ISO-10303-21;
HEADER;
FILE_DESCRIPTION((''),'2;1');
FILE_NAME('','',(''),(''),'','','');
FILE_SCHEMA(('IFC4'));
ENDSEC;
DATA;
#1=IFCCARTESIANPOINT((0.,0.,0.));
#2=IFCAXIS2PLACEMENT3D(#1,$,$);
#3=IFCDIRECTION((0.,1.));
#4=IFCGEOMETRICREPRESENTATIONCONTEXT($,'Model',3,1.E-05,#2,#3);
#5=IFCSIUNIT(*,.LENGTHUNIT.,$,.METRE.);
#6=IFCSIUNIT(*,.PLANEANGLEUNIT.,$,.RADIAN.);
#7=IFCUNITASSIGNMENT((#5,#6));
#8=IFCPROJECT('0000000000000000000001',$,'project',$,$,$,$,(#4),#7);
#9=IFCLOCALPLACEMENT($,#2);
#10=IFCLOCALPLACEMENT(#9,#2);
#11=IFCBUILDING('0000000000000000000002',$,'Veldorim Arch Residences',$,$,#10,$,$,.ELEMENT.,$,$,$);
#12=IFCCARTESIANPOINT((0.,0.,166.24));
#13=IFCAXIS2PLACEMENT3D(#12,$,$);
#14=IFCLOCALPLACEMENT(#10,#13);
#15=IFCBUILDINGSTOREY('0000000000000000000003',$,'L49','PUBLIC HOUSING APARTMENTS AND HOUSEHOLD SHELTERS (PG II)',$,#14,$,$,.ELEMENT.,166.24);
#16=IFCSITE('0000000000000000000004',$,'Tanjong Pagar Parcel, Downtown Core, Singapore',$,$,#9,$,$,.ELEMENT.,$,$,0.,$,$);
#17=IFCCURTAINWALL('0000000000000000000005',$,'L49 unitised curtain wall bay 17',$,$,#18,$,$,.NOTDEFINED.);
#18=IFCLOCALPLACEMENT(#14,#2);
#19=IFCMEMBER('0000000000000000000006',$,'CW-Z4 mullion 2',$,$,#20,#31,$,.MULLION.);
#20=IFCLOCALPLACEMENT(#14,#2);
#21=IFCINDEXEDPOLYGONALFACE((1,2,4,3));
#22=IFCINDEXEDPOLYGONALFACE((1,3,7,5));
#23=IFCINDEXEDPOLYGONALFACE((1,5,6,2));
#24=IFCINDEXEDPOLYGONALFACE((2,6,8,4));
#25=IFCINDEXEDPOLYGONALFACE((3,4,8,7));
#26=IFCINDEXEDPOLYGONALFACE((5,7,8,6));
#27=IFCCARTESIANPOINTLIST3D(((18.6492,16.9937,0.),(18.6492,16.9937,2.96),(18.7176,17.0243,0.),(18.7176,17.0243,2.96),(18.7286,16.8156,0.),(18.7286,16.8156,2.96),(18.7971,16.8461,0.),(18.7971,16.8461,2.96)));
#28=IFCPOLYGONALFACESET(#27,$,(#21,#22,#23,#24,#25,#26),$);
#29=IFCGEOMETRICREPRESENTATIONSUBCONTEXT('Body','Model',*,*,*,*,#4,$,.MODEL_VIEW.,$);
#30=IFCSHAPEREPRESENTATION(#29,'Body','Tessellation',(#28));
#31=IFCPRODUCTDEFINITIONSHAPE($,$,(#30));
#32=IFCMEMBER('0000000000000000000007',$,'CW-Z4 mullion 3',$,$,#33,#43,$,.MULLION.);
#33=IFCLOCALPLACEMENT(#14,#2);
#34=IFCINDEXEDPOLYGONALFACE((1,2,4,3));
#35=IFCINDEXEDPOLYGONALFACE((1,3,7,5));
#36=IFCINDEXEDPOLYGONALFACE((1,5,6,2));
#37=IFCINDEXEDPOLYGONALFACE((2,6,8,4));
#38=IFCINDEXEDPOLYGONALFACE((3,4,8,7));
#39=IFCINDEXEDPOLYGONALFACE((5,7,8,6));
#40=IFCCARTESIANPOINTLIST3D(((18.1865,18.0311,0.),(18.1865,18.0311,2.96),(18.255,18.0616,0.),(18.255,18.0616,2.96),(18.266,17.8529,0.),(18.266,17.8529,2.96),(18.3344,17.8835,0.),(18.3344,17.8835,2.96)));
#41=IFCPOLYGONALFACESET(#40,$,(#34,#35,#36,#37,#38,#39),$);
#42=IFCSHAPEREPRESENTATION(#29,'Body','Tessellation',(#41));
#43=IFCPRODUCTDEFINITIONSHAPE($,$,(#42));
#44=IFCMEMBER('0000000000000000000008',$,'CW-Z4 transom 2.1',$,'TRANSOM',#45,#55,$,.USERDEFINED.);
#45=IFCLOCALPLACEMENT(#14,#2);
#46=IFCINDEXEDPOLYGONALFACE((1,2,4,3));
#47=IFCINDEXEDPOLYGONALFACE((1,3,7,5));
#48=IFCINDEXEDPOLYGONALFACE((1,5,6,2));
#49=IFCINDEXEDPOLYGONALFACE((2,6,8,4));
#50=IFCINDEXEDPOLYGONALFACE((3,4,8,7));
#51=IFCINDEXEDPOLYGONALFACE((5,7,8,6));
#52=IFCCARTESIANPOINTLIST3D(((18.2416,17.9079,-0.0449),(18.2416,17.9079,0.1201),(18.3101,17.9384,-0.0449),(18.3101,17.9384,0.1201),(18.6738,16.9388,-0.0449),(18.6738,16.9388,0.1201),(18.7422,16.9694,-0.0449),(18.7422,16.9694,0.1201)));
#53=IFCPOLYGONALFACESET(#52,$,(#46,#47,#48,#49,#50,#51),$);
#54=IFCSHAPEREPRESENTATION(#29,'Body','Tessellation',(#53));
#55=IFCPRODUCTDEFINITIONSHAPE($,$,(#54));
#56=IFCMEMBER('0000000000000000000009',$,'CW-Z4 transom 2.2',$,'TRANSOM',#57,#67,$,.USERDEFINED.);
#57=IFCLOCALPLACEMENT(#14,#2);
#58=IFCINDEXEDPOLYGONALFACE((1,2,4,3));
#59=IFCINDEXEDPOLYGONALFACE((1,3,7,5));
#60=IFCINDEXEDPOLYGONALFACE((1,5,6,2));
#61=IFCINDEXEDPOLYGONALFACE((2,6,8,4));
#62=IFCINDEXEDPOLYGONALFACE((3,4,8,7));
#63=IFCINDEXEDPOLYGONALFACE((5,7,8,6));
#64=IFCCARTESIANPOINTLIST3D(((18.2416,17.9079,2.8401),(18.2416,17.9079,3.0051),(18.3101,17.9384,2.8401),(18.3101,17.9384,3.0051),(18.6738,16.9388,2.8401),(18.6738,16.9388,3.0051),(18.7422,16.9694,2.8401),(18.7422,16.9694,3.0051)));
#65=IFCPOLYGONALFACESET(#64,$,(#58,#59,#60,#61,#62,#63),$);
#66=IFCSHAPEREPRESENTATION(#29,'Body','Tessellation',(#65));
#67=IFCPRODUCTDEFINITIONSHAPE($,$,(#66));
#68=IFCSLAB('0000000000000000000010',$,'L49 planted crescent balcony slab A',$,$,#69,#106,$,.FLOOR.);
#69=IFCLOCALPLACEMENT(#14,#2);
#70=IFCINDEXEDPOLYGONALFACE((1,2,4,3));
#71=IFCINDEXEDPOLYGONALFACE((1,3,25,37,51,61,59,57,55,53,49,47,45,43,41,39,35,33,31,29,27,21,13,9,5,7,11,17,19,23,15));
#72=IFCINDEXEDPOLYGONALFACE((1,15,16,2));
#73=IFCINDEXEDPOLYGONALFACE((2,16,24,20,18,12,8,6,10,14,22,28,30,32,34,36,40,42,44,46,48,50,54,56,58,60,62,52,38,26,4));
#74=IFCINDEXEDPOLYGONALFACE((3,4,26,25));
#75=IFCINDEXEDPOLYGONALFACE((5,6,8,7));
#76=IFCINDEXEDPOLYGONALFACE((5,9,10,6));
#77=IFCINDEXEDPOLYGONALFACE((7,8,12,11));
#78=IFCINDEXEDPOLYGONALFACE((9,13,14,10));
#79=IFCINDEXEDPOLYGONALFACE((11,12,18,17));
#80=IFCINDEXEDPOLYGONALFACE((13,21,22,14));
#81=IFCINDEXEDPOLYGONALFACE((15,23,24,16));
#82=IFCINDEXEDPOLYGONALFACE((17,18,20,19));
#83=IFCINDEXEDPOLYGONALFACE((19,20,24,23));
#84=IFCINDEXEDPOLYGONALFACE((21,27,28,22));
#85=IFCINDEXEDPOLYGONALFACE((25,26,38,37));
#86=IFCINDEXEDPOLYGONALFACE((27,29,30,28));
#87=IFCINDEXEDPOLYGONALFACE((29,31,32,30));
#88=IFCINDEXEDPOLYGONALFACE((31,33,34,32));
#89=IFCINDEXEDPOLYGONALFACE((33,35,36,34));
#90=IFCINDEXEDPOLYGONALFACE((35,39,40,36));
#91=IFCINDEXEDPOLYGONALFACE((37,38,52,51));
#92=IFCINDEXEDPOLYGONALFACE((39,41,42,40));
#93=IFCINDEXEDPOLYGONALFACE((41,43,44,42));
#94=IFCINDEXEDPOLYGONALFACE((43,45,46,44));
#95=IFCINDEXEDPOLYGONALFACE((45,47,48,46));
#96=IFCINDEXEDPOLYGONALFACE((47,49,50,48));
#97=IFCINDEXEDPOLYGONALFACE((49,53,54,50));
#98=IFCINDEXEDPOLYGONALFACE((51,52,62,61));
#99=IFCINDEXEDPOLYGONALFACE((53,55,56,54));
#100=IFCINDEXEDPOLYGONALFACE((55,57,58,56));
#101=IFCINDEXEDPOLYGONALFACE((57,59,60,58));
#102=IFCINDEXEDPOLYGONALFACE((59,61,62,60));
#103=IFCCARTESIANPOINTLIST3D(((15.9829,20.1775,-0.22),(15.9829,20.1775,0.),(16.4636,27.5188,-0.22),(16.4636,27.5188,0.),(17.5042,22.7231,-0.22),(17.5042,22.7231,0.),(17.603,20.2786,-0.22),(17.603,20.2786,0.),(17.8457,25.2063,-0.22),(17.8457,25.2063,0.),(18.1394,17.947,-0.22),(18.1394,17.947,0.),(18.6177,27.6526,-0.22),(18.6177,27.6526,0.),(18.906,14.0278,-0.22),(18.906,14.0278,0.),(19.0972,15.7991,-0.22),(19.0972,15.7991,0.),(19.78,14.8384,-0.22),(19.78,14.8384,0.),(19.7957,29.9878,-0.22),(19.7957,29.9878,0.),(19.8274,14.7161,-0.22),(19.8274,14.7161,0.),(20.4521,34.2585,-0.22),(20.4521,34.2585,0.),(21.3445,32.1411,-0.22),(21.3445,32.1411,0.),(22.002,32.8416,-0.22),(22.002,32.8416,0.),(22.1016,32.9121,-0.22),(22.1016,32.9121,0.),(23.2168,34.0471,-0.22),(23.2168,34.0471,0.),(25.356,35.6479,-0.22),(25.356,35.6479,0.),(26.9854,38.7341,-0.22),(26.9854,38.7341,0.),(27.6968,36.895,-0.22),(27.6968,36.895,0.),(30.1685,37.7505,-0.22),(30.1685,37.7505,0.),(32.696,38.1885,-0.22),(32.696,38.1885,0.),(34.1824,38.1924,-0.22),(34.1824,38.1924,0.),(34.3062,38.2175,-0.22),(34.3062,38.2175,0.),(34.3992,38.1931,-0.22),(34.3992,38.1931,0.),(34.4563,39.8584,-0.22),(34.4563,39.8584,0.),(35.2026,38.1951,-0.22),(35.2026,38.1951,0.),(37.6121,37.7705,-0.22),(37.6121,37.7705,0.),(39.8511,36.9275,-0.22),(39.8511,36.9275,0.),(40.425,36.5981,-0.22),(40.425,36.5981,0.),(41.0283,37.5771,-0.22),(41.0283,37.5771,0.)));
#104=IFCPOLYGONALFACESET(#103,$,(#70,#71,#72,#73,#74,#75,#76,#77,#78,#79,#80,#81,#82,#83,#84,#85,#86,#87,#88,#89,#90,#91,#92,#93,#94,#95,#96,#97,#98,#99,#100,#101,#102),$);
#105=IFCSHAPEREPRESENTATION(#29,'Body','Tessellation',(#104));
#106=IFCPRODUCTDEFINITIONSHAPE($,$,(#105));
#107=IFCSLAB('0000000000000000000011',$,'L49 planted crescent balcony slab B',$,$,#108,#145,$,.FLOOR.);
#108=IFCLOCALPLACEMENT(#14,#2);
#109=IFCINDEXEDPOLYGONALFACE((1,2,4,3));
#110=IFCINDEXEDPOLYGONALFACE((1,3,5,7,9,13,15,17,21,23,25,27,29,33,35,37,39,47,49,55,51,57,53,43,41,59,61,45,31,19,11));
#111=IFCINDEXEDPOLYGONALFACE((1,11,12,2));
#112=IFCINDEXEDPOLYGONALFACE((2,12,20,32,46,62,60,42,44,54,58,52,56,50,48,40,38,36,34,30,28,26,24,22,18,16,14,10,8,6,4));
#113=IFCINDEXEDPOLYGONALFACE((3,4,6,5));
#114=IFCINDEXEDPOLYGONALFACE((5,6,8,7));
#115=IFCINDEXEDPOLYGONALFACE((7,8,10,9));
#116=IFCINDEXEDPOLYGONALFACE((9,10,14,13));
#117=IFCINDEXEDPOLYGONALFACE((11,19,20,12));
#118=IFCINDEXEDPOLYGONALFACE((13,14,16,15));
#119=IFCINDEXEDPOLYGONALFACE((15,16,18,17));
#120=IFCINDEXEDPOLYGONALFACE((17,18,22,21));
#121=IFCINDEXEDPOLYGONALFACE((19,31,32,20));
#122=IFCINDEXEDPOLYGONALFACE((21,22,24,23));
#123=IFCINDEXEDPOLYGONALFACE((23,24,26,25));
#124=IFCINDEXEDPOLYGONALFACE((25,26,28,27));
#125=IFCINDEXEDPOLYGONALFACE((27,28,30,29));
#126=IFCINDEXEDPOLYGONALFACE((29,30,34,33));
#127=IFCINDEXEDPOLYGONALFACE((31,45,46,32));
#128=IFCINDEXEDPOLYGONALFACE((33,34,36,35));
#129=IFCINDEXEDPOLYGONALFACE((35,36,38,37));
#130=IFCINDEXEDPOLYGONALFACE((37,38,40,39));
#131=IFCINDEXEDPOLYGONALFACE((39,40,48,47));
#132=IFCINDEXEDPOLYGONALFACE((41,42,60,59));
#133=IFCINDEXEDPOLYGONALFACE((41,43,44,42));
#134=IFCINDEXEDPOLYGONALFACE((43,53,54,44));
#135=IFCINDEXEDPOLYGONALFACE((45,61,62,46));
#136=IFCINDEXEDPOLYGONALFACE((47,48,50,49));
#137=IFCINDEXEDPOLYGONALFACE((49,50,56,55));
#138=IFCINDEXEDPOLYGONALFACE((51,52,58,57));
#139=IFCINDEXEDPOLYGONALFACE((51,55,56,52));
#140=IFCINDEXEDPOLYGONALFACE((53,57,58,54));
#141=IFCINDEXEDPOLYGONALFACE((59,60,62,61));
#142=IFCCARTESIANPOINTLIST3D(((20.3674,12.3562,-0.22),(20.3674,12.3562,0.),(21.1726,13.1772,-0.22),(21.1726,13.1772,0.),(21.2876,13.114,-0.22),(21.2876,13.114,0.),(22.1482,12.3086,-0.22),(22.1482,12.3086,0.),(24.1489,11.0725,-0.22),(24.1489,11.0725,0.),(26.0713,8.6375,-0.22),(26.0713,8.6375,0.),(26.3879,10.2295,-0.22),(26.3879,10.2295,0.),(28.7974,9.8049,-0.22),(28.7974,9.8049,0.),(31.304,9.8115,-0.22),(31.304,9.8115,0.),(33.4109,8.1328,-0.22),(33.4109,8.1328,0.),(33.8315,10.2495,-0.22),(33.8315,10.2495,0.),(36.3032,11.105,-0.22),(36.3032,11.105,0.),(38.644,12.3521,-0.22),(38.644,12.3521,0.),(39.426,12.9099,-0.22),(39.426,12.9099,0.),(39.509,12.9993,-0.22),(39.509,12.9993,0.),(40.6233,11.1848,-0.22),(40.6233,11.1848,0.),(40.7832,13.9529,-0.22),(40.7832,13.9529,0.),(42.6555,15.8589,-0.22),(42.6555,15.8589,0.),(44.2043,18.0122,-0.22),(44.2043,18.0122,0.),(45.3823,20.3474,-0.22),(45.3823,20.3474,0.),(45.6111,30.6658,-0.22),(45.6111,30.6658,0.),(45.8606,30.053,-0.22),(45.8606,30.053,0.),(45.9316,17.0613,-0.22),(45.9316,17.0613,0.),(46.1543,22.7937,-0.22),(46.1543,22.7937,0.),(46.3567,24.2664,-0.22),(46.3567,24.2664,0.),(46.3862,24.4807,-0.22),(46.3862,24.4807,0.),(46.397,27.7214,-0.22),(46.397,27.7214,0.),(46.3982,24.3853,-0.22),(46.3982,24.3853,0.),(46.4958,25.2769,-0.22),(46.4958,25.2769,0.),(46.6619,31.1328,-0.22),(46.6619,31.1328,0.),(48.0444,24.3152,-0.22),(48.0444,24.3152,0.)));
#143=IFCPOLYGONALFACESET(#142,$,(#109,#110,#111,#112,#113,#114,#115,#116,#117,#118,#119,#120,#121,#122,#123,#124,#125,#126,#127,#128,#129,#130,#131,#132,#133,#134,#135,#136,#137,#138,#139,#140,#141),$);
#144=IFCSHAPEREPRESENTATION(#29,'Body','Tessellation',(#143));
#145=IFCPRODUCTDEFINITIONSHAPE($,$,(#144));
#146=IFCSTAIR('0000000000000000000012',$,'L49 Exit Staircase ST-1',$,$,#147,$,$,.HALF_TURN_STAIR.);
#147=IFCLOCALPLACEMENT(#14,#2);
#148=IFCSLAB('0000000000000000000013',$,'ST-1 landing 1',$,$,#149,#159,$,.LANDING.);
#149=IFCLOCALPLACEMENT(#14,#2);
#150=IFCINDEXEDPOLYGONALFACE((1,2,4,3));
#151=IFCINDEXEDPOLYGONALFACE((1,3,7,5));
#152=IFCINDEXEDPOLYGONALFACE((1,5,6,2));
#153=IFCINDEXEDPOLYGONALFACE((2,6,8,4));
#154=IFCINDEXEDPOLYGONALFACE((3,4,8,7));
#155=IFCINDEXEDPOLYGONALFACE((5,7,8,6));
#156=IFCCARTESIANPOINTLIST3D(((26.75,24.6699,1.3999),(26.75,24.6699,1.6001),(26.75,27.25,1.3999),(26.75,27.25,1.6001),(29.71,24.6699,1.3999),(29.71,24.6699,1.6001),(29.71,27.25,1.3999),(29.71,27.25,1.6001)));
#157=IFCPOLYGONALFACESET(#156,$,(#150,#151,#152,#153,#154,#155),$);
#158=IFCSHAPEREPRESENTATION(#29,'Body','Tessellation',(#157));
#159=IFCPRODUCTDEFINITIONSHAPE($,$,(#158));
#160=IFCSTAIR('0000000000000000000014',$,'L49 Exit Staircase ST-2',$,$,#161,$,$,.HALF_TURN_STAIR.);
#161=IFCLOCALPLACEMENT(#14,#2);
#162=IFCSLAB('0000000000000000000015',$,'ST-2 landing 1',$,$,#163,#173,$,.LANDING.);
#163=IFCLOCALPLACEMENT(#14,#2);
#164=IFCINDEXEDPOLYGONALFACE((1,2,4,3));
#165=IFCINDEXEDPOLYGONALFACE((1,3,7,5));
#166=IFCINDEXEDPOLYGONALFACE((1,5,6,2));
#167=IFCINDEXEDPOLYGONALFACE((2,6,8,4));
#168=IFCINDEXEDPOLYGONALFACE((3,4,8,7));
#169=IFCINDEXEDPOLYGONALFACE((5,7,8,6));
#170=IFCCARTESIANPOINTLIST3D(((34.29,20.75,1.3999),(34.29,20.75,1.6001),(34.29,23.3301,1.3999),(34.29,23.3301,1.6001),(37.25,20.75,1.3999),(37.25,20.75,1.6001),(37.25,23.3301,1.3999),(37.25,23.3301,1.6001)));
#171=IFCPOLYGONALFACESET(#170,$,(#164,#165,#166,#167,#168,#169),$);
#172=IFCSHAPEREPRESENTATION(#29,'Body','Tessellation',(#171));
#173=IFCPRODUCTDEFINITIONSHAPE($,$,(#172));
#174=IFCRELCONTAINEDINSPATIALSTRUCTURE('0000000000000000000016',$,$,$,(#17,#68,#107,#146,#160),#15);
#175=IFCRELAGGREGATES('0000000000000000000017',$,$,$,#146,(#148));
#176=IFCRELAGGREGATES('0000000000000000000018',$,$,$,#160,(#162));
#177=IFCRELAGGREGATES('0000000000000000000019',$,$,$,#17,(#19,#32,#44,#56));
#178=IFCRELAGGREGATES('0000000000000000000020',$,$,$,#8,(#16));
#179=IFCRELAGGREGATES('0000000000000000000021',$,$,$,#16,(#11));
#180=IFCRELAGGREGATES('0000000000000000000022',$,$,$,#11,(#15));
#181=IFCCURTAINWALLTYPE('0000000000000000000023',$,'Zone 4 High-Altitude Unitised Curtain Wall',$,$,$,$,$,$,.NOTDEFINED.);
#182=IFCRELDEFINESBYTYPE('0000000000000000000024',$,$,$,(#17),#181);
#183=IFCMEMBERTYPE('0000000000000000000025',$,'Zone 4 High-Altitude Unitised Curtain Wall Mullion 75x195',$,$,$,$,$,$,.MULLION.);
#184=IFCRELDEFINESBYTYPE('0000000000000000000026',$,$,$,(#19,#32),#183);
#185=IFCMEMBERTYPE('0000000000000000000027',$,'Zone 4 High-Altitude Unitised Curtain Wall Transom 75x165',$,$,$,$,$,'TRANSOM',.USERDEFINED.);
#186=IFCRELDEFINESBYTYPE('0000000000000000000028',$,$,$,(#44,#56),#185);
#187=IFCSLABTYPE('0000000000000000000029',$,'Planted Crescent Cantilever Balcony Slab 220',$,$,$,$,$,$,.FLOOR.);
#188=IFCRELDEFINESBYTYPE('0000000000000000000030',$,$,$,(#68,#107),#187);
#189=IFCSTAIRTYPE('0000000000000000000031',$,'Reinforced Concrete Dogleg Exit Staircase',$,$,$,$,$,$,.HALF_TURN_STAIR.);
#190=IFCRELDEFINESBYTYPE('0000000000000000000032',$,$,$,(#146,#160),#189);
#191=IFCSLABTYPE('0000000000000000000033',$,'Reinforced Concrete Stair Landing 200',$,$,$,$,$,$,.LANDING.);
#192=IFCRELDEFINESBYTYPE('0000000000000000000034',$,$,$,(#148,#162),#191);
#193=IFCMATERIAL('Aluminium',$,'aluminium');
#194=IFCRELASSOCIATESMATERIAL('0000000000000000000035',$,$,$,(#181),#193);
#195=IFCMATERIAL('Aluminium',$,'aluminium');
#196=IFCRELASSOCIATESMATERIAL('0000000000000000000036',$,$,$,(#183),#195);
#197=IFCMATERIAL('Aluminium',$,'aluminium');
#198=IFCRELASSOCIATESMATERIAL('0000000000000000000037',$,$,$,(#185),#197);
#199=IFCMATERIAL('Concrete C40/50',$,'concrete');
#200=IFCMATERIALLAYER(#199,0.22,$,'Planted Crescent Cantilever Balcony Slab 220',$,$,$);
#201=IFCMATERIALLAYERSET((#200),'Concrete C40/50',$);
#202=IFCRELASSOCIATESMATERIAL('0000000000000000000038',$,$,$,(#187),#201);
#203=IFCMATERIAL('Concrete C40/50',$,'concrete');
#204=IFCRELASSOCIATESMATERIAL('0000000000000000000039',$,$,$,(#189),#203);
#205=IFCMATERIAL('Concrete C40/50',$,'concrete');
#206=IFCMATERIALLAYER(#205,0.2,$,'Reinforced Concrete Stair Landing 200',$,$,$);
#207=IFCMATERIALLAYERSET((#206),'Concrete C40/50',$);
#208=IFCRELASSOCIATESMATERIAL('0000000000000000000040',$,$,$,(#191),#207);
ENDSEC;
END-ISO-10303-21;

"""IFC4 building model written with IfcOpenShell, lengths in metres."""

from ifc_helpers import new_model, si_unit, direction, frame, origin, origin_2d, place, context, subcontext, project, spatial, polyline, rectangle, outline, extrude, material, layer, layer_set, material_profile, profile_set, type_object, element, aggregate, save


model = new_model("IFC4")

# Units and contexts
model_context = context("Model", 3, precision=1e-05, world=origin(), true_north=direction((0.0, 1.0)))
body_context = subcontext(model_context, "Body", "Model", "MODEL_VIEW")
ifc_project = project(units=[si_unit("LENGTHUNIT", "METRE"), si_unit("PLANEANGLEUNIT", "RADIAN")], contexts=[model_context])

# Site, building, storey
site_placement = place(None, origin())
site = spatial("IfcSite", under=ifc_project, at=site_placement, Name="Tanjong Pagar Parcel, Downtown Core, Singapore", CompositionType="ELEMENT", RefElevation=0.0)
building_placement = place(site_placement, origin())
building = spatial("IfcBuilding", under=site, at=building_placement, Name="Veldorim Arch Residences", CompositionType="ELEMENT")
storey_placement = place(building_placement, frame((0.0, 0.0, 166.24)))
storey = spatial("IfcBuildingStorey", under=building, at=storey_placement, Name="L49", Description="PUBLIC HOUSING APARTMENTS AND HOUSEHOLD SHELTERS (PG II)", CompositionType="ELEMENT", Elevation=166.24)

# Curtain wall, members
ifc_material_1 = material(Name="Aluminium", Category="aluminium")
curtain_wall_type = type_object("IfcCurtainWallType", Name="Zone 4 High-Altitude Unitised Curtain Wall", PredefinedType="NOTDEFINED", material=ifc_material_1)
curtain_wall_placement = place(storey_placement, origin())
curtain_wall = element("IfcCurtainWall", 1, at=curtain_wall_placement, inside=storey, type_object=curtain_wall_type, Name="L49 unitised curtain wall bay 17", PredefinedType="NOTDEFINED")
ifc_material_2 = material(Name="Aluminium", Category="aluminium")
ifc_material_profile_1 = material_profile(ifc_material_2, rectangle(XDim=0.075, YDim=0.1951, at=origin_2d()), Name="ALU_MUL_75x195")
ifc_profile_set_1 = profile_set([ifc_material_profile_1], Name="Aluminium")
member_type_1 = type_object("IfcMemberType", Name="Zone 4 High-Altitude Unitised Curtain Wall Mullion 75x195", PredefinedType="MULLION", material=ifc_profile_set_1)
member_1_placement = place(storey_placement, frame((18.7231, 16.9199, 0.0), z_axis=(0.0, 0.0, 1.0), x_axis=(-0.913308, -0.407269, 0.0)))
member_1 = element("IfcMember", 2, at=member_1_placement, type_object=member_type_1, Name="CW-Z4 mullion 2", PredefinedType="MULLION", context=body_context, shape_type="SweptSolid", body=[
    extrude(rectangle(XDim=0.075, YDim=0.1951, at=origin_2d()), origin(), (0.0, 0.0, 1.0), 2.96),
])
member_2_placement = place(storey_placement, frame((18.2605, 17.9573, 0.0), z_axis=(0.0, 0.0, 1.0), x_axis=(-0.913308, -0.407269, 0.0)))
member_2 = element("IfcMember", 3, at=member_2_placement, type_object=member_type_1, Name="CW-Z4 mullion 3", PredefinedType="MULLION", context=body_context, shape_type="SweptSolid", body=[
    extrude(rectangle(XDim=0.075, YDim=0.1951, at=origin_2d()), origin(), (0.0, 0.0, 1.0), 2.96),
])
ifc_material_3 = material(Name="Aluminium", Category="aluminium")
ifc_material_profile_2 = material_profile(ifc_material_3, rectangle(XDim=0.075, YDim=0.165, at=origin_2d()), Name="ALU_TRN_75x165")
ifc_profile_set_2 = profile_set([ifc_material_profile_2], Name="Aluminium")
member_type_2 = type_object("IfcMemberType", Name="Zone 4 High-Altitude Unitised Curtain Wall Transom 75x165", ElementType="TRANSOM", PredefinedType="USERDEFINED", material=ifc_profile_set_2)
member_3_placement = place(storey_placement, frame((18.708, 16.9541, 0.0376), z_axis=(-0.407291, 0.913298, 0.0), x_axis=(-0.913298, -0.407291, 0.0)))
member_3 = element("IfcMember", 4, at=member_3_placement, type_object=member_type_2, Name="CW-Z4 transom 2.1", ObjectType="TRANSOM", PredefinedType="USERDEFINED", context=body_context, shape_type="SweptSolid", body=[
    extrude(rectangle(XDim=0.075, YDim=0.165, at=origin_2d()), origin(), (0.0, 0.0, 1.0), 1.061),
])
member_4_placement = place(storey_placement, frame((18.708, 16.9541, 2.9226), z_axis=(-0.407291, 0.913298, 0.0), x_axis=(-0.913298, -0.407291, 0.0)))
member_4 = element("IfcMember", 5, at=member_4_placement, type_object=member_type_2, Name="CW-Z4 transom 2.2", ObjectType="TRANSOM", PredefinedType="USERDEFINED", context=body_context, shape_type="SweptSolid", body=[
    extrude(rectangle(XDim=0.075, YDim=0.165, at=origin_2d()), origin(), (0.0, 0.0, 1.0), 1.061),
])

# Slabs
ifc_material_4 = material(Name="Concrete C40/50", Category="concrete")
ifc_layer_1 = layer(ifc_material_4, 0.22, Name="Planted Crescent Cantilever Balcony Slab 220")
ifc_layer_set_1 = layer_set([ifc_layer_1], Name="Concrete C40/50")
slab_type_1 = type_object("IfcSlabType", Name="Planted Crescent Cantilever Balcony Slab 220", PredefinedType="FLOOR", material=ifc_layer_set_1)
slab_1_placement = place(storey_placement, frame((0.0, 0.0, -0.22)))
element("IfcSlab", 6, at=slab_1_placement, inside=storey, type_object=slab_type_1, Name="L49 planted crescent balcony slab A", PredefinedType="FLOOR", context=body_context, shape_type="SweptSolid", body=[
    extrude(outline(polyline([(40.425, 36.5981), (39.8511, 36.9275), (37.6121, 37.7705), (35.2026, 38.1951), (34.3992, 38.1931), (34.3062, 38.2175), (34.1824, 38.1924), (32.696, 38.1885), (30.1685, 37.7505), (27.6968, 36.895), (25.356, 35.6479), (23.2168, 34.0471), (22.1016, 32.9121), (22.002, 32.8416), (21.3445, 32.1411), (19.7957, 29.9878), (18.6177, 27.6526), (17.8457, 25.2063), (17.5042, 22.7231), (17.603, 20.2786), (18.1394, 17.947), (19.0972, 15.7991), (19.78, 14.8384), (19.8274, 14.7161), (18.906, 14.0278), (15.9829, 20.1775), (16.4636, 27.5188), (20.4521, 34.2585), (26.9854, 38.7341), (34.4563, 39.8584), (41.0283, 37.5771), (40.425, 36.5981)])), origin(), (0.0, 0.0, 1.0), 0.22),
])
slab_2_placement = place(storey_placement, frame((0.0, 0.0, -0.22)))
element("IfcSlab", 7, at=slab_2_placement, inside=storey, type_object=slab_type_1, Name="L49 planted crescent balcony slab B", PredefinedType="FLOOR", context=body_context, shape_type="SweptSolid", body=[
    extrude(outline(polyline([(21.2876, 13.114), (22.1482, 12.3086), (24.1489, 11.0725), (26.3879, 10.2295), (28.7974, 9.8049), (31.304, 9.8115), (33.8315, 10.2495), (36.3032, 11.105), (38.644, 12.3521), (39.426, 12.9099), (39.509, 12.9993), (40.7832, 13.9529), (42.6555, 15.8589), (44.2043, 18.0122), (45.3823, 20.3474), (46.1543, 22.7937), (46.3567, 24.2664), (46.3982, 24.3853), (46.3862, 24.4807), (46.4958, 25.2769), (46.397, 27.7214), (45.8606, 30.053), (45.6111, 30.6658), (46.6619, 31.1328), (48.0444, 24.3152), (45.9316, 17.0613), (40.6233, 11.1848), (33.4109, 8.1328), (26.0713, 8.6375), (20.3674, 12.3562), (21.1726, 13.1772), (21.2876, 13.114)])), origin(), (0.0, 0.0, 1.0), 0.22),
])

# Stairs, slabs
ifc_material_5 = material(Name="Concrete C40/50", Category="concrete")
stair_type = type_object("IfcStairType", Name="Reinforced Concrete Dogleg Exit Staircase", PredefinedType="HALF_TURN_STAIR", material=ifc_material_5)
stair_1_placement = place(storey_placement, origin())
stair_1 = element("IfcStair", 8, at=stair_1_placement, inside=storey, type_object=stair_type, Name="L49 Exit Staircase ST-1", PredefinedType="HALF_TURN_STAIR")
ifc_material_6 = material(Name="Concrete C40/50", Category="concrete")
ifc_layer_2 = layer(ifc_material_6, 0.2, Name="Reinforced Concrete Stair Landing 200")
ifc_layer_set_2 = layer_set([ifc_layer_2], Name="Concrete C40/50")
slab_type_2 = type_object("IfcSlabType", Name="Reinforced Concrete Stair Landing 200", PredefinedType="LANDING", material=ifc_layer_set_2)
slab_3_placement = place(storey_placement, frame((0.0, 0.0, 1.3999)))
slab_3 = element("IfcSlab", 9, at=slab_3_placement, type_object=slab_type_2, Name="ST-1 landing 1", PredefinedType="LANDING", context=body_context, shape_type="SweptSolid", body=[
    extrude(outline(polyline([(29.71, 24.6699), (29.71, 27.25), (26.75, 27.25), (26.75, 24.6699), (29.71, 24.6699)])), origin(), (0.0, 0.0, 1.0), 0.2002),
])
aggregate(stair_1, [slab_3])
stair_2_placement = place(storey_placement, origin())
stair_2 = element("IfcStair", 10, at=stair_2_placement, inside=storey, type_object=stair_type, Name="L49 Exit Staircase ST-2", PredefinedType="HALF_TURN_STAIR")
slab_4_placement = place(storey_placement, frame((0.0, 0.0, 1.3999)))
slab_4 = element("IfcSlab", 11, at=slab_4_placement, type_object=slab_type_2, Name="ST-2 landing 1", PredefinedType="LANDING", context=body_context, shape_type="SweptSolid", body=[
    extrude(outline(polyline([(34.29, 23.3301), (34.29, 20.75), (37.25, 20.75), (37.25, 23.3301), (34.29, 23.3301)])), origin(), (0.0, 0.0, 1.0), 0.2002),
])
aggregate(stair_2, [slab_4])

aggregate(curtain_wall, [member_1, member_2, member_3, member_4])

save(model, "model.ifc")
